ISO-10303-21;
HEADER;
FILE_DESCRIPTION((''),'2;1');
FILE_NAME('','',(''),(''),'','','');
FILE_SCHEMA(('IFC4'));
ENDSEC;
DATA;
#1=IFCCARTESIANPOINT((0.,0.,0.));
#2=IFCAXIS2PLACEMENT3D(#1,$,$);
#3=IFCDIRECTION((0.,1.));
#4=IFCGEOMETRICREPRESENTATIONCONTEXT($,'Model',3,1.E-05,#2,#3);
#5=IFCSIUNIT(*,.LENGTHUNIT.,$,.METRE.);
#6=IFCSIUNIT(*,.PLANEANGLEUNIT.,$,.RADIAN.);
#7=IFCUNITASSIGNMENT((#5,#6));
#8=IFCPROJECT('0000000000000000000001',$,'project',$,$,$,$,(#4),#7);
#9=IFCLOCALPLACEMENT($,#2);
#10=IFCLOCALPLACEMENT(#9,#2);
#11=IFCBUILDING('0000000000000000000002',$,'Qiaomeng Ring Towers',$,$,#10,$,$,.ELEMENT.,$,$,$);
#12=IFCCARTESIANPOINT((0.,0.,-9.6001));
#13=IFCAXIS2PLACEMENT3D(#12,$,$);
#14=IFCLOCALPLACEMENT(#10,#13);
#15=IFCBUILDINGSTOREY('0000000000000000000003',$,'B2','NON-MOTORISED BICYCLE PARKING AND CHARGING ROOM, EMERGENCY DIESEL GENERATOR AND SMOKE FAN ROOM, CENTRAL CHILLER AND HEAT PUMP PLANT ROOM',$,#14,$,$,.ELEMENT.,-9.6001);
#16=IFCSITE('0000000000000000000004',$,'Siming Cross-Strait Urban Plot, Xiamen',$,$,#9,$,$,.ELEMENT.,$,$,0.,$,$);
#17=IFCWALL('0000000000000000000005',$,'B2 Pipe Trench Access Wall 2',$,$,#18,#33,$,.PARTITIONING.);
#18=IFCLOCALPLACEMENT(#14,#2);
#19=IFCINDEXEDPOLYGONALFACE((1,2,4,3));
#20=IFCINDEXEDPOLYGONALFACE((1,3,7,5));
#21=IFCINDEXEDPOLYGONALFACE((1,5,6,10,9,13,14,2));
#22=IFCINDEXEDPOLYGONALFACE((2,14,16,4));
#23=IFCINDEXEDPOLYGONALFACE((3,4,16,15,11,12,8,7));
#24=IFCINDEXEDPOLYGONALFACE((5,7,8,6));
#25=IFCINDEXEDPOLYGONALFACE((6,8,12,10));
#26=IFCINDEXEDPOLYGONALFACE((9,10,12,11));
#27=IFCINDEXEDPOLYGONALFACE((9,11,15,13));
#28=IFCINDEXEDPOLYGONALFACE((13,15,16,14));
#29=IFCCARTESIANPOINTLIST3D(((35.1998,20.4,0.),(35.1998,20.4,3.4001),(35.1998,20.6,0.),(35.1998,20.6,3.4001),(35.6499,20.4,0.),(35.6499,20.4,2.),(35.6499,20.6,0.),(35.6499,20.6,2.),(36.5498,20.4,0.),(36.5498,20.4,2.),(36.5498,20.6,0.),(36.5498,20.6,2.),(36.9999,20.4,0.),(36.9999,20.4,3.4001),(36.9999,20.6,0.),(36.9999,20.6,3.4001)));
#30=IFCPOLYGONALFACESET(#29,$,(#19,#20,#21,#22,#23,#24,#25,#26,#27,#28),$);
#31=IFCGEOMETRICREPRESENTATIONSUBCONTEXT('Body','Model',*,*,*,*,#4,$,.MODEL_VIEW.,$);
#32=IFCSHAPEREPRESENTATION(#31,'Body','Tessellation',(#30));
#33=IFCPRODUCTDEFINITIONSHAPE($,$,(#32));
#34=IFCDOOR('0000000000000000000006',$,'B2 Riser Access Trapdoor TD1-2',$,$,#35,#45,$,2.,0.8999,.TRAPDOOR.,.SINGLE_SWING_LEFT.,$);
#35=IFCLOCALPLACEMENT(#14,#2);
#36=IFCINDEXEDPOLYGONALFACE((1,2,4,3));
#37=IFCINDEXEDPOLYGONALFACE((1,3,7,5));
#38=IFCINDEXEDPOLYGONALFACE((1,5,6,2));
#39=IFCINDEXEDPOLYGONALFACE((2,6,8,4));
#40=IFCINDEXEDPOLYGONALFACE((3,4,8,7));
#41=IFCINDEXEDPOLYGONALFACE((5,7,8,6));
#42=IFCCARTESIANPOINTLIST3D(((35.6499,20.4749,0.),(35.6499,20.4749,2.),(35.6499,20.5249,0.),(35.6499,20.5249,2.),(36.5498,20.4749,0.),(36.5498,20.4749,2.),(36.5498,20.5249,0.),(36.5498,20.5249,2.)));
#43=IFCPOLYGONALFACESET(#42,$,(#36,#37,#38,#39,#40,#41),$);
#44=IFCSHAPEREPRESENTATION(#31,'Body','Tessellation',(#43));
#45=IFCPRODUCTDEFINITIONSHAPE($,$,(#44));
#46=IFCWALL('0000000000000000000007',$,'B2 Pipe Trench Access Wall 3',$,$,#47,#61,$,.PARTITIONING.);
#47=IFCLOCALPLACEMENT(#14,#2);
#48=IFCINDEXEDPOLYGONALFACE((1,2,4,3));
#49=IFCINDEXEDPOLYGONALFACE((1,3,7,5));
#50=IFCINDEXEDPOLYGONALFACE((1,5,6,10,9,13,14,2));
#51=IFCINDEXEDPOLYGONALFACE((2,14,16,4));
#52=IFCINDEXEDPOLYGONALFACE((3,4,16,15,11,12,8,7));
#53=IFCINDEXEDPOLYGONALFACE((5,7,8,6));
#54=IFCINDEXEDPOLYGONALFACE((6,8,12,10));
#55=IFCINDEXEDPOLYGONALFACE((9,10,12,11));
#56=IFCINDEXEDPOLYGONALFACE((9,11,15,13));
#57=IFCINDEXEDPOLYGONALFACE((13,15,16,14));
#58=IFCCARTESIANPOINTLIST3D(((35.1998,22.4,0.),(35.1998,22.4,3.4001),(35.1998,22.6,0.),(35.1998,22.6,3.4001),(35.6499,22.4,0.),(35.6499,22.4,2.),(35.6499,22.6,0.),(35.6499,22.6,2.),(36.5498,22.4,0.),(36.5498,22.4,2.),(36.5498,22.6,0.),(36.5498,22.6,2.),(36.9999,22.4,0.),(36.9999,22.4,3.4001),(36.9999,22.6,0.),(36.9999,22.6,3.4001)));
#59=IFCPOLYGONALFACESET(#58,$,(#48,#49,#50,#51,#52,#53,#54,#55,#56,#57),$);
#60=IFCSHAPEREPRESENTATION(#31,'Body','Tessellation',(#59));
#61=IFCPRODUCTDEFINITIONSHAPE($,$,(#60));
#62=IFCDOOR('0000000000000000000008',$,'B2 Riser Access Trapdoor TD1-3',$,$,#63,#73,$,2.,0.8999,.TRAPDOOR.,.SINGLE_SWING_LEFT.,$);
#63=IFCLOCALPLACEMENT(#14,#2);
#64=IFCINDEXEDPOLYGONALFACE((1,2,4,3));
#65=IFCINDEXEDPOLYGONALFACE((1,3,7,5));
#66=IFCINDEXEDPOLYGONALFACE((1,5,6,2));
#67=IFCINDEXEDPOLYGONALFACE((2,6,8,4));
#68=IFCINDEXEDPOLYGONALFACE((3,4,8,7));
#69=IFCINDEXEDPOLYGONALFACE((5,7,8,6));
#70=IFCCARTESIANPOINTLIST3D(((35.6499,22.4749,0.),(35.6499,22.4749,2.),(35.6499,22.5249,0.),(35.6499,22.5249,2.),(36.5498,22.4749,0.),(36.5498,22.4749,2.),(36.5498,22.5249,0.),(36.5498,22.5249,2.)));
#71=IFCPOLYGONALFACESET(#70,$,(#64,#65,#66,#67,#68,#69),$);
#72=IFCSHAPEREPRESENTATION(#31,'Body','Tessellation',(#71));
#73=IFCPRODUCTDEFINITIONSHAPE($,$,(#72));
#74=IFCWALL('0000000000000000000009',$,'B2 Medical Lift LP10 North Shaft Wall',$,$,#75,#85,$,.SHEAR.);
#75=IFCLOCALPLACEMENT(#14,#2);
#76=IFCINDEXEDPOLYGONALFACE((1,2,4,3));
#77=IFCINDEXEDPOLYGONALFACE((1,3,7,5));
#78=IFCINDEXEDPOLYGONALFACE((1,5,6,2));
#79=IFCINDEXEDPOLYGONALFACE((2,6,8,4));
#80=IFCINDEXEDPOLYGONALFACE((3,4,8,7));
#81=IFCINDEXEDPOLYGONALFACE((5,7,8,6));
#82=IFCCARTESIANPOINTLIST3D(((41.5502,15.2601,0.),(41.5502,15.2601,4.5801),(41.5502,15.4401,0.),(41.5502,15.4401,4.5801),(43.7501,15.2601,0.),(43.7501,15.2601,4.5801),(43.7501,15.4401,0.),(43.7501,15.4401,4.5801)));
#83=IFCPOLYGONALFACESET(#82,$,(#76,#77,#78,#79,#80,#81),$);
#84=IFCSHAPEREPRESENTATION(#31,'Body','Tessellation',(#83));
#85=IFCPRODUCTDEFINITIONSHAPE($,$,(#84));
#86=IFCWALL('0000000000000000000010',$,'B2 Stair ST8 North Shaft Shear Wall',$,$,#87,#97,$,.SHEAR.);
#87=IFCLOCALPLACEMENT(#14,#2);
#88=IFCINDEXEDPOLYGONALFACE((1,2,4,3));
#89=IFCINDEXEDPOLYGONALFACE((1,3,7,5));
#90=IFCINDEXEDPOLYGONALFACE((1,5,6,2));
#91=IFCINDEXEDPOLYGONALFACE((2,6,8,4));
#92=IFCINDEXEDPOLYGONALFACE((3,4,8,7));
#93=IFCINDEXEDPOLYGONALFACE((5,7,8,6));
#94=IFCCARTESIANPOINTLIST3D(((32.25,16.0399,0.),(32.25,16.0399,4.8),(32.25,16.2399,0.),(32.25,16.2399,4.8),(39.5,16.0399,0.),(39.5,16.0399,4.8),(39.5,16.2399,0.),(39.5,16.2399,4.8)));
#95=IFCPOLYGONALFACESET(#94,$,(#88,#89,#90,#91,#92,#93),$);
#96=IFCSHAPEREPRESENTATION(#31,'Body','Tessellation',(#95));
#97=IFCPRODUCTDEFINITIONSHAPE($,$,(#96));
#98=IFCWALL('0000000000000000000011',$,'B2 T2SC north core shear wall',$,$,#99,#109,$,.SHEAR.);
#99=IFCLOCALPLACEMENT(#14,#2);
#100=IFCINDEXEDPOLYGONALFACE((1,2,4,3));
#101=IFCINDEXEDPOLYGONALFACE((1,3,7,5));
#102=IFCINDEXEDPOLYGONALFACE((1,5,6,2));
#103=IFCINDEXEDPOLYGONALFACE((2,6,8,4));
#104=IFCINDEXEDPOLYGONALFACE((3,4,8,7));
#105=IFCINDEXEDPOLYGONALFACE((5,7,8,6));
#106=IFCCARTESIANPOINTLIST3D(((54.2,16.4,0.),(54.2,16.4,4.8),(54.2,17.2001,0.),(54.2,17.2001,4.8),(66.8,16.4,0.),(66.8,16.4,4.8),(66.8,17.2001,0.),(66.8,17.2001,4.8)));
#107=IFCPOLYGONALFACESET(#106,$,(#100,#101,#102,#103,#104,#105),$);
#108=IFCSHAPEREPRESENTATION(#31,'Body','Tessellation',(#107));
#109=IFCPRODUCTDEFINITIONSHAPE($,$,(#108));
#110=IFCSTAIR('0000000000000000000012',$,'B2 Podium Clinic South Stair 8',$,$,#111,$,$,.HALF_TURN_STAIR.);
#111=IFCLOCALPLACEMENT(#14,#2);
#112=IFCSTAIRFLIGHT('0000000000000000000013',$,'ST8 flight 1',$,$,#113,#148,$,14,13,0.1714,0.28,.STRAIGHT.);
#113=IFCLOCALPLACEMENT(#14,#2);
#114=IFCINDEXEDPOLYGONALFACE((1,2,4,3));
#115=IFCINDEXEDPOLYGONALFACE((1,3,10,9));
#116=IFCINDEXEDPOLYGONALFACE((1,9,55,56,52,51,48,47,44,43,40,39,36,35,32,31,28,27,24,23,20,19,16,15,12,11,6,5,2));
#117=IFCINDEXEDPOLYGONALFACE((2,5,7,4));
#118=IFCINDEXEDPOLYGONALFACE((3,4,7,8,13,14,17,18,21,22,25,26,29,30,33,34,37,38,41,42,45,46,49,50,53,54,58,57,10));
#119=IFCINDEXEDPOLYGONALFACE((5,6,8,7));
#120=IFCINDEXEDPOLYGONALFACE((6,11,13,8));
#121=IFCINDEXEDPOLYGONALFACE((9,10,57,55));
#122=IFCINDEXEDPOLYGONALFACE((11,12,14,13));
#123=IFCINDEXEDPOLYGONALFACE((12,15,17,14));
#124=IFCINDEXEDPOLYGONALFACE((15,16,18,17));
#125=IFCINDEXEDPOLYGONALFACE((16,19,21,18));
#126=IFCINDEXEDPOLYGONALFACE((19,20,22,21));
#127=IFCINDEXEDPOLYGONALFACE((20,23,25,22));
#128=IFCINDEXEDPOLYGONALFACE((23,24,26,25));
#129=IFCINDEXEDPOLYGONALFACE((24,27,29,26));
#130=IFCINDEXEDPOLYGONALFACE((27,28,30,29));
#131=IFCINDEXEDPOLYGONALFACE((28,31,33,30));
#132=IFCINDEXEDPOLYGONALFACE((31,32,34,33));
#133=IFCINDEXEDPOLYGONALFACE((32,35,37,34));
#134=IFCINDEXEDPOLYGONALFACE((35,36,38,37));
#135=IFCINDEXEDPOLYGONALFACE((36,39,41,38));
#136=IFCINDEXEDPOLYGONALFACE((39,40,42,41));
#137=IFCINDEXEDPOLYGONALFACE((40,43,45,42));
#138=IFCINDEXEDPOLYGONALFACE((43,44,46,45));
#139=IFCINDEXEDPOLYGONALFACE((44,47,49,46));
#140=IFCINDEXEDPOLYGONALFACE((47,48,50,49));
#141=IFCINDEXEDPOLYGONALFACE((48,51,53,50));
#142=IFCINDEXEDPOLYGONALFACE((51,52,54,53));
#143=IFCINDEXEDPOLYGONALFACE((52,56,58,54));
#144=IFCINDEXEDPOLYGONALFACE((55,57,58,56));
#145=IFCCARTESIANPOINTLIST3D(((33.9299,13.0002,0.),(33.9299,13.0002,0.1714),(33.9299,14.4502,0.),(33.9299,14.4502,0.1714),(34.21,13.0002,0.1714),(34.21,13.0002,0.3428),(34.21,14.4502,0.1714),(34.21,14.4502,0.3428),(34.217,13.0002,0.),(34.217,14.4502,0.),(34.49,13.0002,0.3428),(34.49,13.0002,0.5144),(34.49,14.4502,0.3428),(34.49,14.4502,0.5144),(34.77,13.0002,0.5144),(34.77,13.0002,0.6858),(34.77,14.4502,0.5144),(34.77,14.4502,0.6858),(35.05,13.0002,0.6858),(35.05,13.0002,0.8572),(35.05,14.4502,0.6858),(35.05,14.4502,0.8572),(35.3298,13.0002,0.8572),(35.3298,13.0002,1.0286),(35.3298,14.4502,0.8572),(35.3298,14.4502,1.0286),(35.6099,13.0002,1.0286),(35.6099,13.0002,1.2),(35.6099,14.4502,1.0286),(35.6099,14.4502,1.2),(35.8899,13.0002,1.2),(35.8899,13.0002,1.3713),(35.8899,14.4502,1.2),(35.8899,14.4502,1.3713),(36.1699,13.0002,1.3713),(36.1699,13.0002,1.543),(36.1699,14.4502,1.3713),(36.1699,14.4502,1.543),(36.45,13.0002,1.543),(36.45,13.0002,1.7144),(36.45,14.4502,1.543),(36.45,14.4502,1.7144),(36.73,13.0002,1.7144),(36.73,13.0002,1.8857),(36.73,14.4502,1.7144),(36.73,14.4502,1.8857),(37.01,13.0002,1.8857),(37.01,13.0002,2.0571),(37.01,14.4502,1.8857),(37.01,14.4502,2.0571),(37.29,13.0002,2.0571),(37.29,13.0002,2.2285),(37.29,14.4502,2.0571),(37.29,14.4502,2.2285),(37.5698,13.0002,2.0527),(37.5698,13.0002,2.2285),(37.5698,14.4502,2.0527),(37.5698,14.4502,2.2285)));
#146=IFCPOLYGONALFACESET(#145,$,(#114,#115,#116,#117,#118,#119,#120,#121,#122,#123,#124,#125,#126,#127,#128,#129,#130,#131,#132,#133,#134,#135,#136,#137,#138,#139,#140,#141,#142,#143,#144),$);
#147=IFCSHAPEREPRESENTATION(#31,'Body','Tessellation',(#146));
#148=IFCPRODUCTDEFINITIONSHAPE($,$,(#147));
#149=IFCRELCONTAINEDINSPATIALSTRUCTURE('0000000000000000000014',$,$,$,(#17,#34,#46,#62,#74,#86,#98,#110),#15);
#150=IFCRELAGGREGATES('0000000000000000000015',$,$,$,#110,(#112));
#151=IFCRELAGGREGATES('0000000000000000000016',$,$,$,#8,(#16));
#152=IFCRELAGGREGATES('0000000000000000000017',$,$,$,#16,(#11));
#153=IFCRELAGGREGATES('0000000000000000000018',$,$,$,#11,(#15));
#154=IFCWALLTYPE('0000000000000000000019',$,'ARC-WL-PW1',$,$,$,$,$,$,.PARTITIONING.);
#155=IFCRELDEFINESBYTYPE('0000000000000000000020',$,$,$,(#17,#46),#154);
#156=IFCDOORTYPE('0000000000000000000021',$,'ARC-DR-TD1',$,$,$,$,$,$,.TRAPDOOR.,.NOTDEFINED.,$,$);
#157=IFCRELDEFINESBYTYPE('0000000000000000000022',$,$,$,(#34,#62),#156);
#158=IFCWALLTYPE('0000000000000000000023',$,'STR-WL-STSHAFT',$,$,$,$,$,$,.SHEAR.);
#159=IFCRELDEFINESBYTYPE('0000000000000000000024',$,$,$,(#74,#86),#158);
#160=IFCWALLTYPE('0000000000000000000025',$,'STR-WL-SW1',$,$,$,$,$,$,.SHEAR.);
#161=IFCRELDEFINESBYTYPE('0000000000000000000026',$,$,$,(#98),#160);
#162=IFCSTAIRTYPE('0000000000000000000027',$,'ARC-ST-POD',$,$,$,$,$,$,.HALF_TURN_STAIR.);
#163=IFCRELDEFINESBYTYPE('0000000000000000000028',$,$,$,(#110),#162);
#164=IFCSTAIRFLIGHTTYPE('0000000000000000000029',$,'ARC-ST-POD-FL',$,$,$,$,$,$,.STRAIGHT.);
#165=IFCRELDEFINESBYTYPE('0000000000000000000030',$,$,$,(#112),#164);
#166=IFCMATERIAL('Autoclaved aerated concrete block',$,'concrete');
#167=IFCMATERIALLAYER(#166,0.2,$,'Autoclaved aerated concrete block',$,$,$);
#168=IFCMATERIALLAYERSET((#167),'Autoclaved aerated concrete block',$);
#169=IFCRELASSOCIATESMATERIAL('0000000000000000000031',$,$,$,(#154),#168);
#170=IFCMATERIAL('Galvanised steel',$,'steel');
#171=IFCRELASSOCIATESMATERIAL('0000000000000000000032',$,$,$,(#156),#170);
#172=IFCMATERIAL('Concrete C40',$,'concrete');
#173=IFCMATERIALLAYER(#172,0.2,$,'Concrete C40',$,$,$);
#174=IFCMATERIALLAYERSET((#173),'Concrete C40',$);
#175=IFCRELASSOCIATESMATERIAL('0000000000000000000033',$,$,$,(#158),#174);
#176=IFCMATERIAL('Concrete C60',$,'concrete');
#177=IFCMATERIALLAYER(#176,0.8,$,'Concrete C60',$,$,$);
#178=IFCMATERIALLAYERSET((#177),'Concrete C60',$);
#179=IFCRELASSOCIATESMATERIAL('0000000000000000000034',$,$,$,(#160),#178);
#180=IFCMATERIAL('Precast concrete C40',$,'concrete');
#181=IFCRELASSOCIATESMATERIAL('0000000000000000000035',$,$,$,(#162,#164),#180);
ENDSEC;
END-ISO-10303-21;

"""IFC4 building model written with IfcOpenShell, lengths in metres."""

from ifc_helpers import new_model, si_unit, direction, frame, frame_2d, origin, place, context, subcontext, project, spatial, polyline, rectangle, outline, extrude, source, transform, mapped, material, layer, layer_set, type_object, element, fill, aggregate, save


model = new_model("IFC4")

# Units and contexts
model_context = context("Model", 3, precision=1e-05, world=origin(), true_north=direction((0.0, 1.0)))
body_context = subcontext(model_context, "Body", "Model", "MODEL_VIEW")
ifc_project = project(units=[si_unit("LENGTHUNIT", "METRE"), si_unit("PLANEANGLEUNIT", "RADIAN")], contexts=[model_context])

# Site, building, storey
site_placement = place(None, origin())
site = spatial("IfcSite", under=ifc_project, at=site_placement, Name="Siming Cross-Strait Urban Plot, Xiamen", CompositionType="ELEMENT", RefElevation=0.0)
building_placement = place(site_placement, origin())
building = spatial("IfcBuilding", under=site, at=building_placement, Name="Qiaomeng Ring Towers", CompositionType="ELEMENT")
storey_placement = place(building_placement, frame((0.0, 0.0, -9.6001)))
storey = spatial("IfcBuildingStorey", under=building, at=storey_placement, Name="B2", Description="NON-MOTORISED BICYCLE PARKING AND CHARGING ROOM, EMERGENCY DIESEL GENERATOR AND SMOKE FAN ROOM, CENTRAL CHILLER AND HEAT PUMP PLANT ROOM", CompositionType="ELEMENT", Elevation=-9.6001)

# Shared definitions
ifc_material_1 = material(Name="Concrete C40", Category="concrete")

# Shared definitions
ifc_material_2 = material(Name="Concrete C60", Category="concrete")

# Walls, openings, doors
ifc_material_3 = material(Name="Autoclaved aerated concrete block", Category="concrete")
ifc_layer_1 = layer(ifc_material_3, 0.2, Name="Autoclaved aerated concrete block")
ifc_layer_set_1 = layer_set([ifc_layer_1], Name="Autoclaved aerated concrete block")
wall_type_1 = type_object("IfcWallType", Name="ARC-WL-PW1", PredefinedType="PARTITIONING", material=ifc_layer_set_1)
ifc_material_4 = material(Name="Galvanised steel", Category="steel")
door_type_1 = type_object("IfcDoorType", Name="ARC-DR-TD1", OperationType="NOTDEFINED", PredefinedType="TRAPDOOR", material=ifc_material_4)
shared_shape_1 = source(origin(), body_context, "Body", "SweptSolid", [
    extrude(rectangle(XDim=0.8999, YDim=2.0, at=frame_2d((0.45, 1.0))), frame((0.0, 0.0249, 0.0), z_axis=(0.0, -1.0, 0.0), x_axis=(1.0, 0.0, 0.0)), (0.0, 0.0, 1.0), 0.05),
])
wall_1_placement = place(storey_placement, frame((35.2, 20.5, 0.0), z_axis=(0.0, 0.0, 1.0), x_axis=(1.0, 0.0, 0.0)))
wall_1 = element("IfcWall", 1, at=wall_1_placement, inside=storey, type_object=wall_type_1, Name="B2 Pipe Trench Access Wall 2", PredefinedType="PARTITIONING", context=body_context, shape_type="SweptSolid", body=[
    extrude(rectangle(XDim=1.8, YDim=0.2, at=frame_2d((0.8999, 0.0))), origin(), (0.0, 0.0, 1.0), 3.4001),
])
opening_1_placement = place(wall_1_placement, frame((0.45, 0.0, 0.0)))
opening_1 = element("IfcOpeningElement", 2, at=opening_1_placement, cuts=wall_1, PredefinedType="OPENING", context=body_context, shape_type="SweptSolid", body=[
    extrude(rectangle(XDim=0.8999, YDim=2.0, at=frame_2d((0.45, 1.0))), frame((0.0, 0.1099, 0.0), z_axis=(0.0, -1.0, 0.0), x_axis=(1.0, 0.0, 0.0)), (0.0, 0.0, 1.0), 0.22),
])
door_1_placement = place(opening_1_placement, origin())
door_1 = element("IfcDoor", 3, at=door_1_placement, inside=storey, type_object=door_type_1, Name="B2 Riser Access Trapdoor TD1-2", OperationType="SINGLE_SWING_LEFT", OverallHeight=2.0, OverallWidth=0.8999, PredefinedType="TRAPDOOR", context=body_context, shape_type="MappedRepresentation", body=[
    mapped(shared_shape_1, transform((0.0, 0.0, 0.0), x_axis=(1.0, 0.0, 0.0), y_axis=(0.0, 1.0, 0.0), z_axis=(0.0, 0.0, 1.0), scale=1.0)),
])
fill(opening_1, door_1)
wall_2_placement = place(storey_placement, frame((35.2, 22.5, 0.0), z_axis=(0.0, 0.0, 1.0), x_axis=(1.0, 0.0, 0.0)))
wall_2 = element("IfcWall", 4, at=wall_2_placement, inside=storey, type_object=wall_type_1, Name="B2 Pipe Trench Access Wall 3", PredefinedType="PARTITIONING", context=body_context, shape_type="SweptSolid", body=[
    extrude(rectangle(XDim=1.8, YDim=0.2, at=frame_2d((0.8999, 0.0))), origin(), (0.0, 0.0, 1.0), 3.4001),
])
opening_2_placement = place(wall_2_placement, frame((0.45, 0.0, 0.0)))
opening_2 = element("IfcOpeningElement", 5, at=opening_2_placement, cuts=wall_2, PredefinedType="OPENING", context=body_context, shape_type="SweptSolid", body=[
    extrude(rectangle(XDim=0.8999, YDim=2.0, at=frame_2d((0.45, 1.0))), frame((0.0, 0.1099, 0.0), z_axis=(0.0, -1.0, 0.0), x_axis=(1.0, 0.0, 0.0)), (0.0, 0.0, 1.0), 0.22),
])
door_2_placement = place(opening_2_placement, origin())
door_2 = element("IfcDoor", 6, at=door_2_placement, inside=storey, type_object=door_type_1, Name="B2 Riser Access Trapdoor TD1-3", OperationType="SINGLE_SWING_LEFT", OverallHeight=2.0, OverallWidth=0.8999, PredefinedType="TRAPDOOR", context=body_context, shape_type="MappedRepresentation", body=[
    mapped(shared_shape_1, transform((0.0, 0.0, 0.0), x_axis=(1.0, 0.0, 0.0), y_axis=(0.0, 1.0, 0.0), z_axis=(0.0, 0.0, 1.0), scale=1.0)),
])
fill(opening_2, door_2)

# Walls
ifc_layer_2 = layer(ifc_material_1, 0.2, Name="Concrete C40")
ifc_layer_set_2 = layer_set([ifc_layer_2], Name="Concrete C40")
wall_type_2 = type_object("IfcWallType", Name="STR-WL-STSHAFT", PredefinedType="SHEAR", material=ifc_layer_set_2)
wall_3_placement = place(storey_placement, frame((41.55, 15.3501, 0.0), z_axis=(0.0, 0.0, 1.0), x_axis=(1.0, 0.0, 0.0)))
element("IfcWall", 7, at=wall_3_placement, inside=storey, type_object=wall_type_2, Name="B2 Medical Lift LP10 North Shaft Wall", PredefinedType="SHEAR", context=body_context, shape_type="SweptSolid", body=[
    extrude(rectangle(XDim=2.2, YDim=0.1799, at=frame_2d((1.1001, 0.0))), origin(), (0.0, 0.0, 1.0), 4.5801),
])
wall_4_placement = place(storey_placement, frame((32.25, 16.1399, 0.0), z_axis=(0.0, 0.0, 1.0), x_axis=(1.0, 0.0, 0.0)))
element("IfcWall", 8, at=wall_4_placement, inside=storey, type_object=wall_type_2, Name="B2 Stair ST8 North Shaft Shear Wall", PredefinedType="SHEAR", context=body_context, shape_type="SweptSolid", body=[
    extrude(rectangle(XDim=7.25, YDim=0.2, at=frame_2d((3.625, 0.0))), origin(), (0.0, 0.0, 1.0), 4.8),
])
ifc_layer_3 = layer(ifc_material_2, 0.8, Name="Concrete C60")
ifc_layer_set_3 = layer_set([ifc_layer_3], Name="Concrete C60")
wall_type_3 = type_object("IfcWallType", Name="STR-WL-SW1", PredefinedType="SHEAR", material=ifc_layer_set_3)
wall_5_placement = place(storey_placement, frame((54.2, 16.8, 0.0), z_axis=(0.0, 0.0, 1.0), x_axis=(1.0, 0.0, 0.0)))
element("IfcWall", 9, at=wall_5_placement, inside=storey, type_object=wall_type_3, Name="B2 T2SC north core shear wall", PredefinedType="SHEAR", context=body_context, shape_type="SweptSolid", body=[
    extrude(rectangle(XDim=12.6001, YDim=0.8, at=frame_2d((6.3, 0.0))), origin(), (0.0, 0.0, 1.0), 4.8),
])

# Stair, stair flight
ifc_material_5 = material(Name="Precast concrete C40", Category="concrete")
stair_type = type_object("IfcStairType", Name="ARC-ST-POD", PredefinedType="HALF_TURN_STAIR", material=ifc_material_5)
stair_placement = place(storey_placement, origin())
stair = element("IfcStair", 10, at=stair_placement, inside=storey, type_object=stair_type, Name="B2 Podium Clinic South Stair 8", PredefinedType="HALF_TURN_STAIR")
stair_flight_type = type_object("IfcStairFlightType", Name="ARC-ST-POD-FL", PredefinedType="STRAIGHT", material=ifc_material_5)
shared_shape_2 = source(origin(), body_context, "Body", "SweptSolid", [
    extrude(outline(polyline([(0.0, 0.0), (0.0, 0.1714), (0.28, 0.1714), (0.28, 0.3428), (0.5601, 0.3428), (0.5601, 0.5144), (0.8401, 0.5144), (0.8401, 0.6858), (1.1201, 0.6858), (1.1201, 0.8572), (1.3999, 0.8572), (1.3999, 1.0286), (1.6799, 1.0286), (1.6799, 1.2), (1.96, 1.2), (1.96, 1.3713), (2.24, 1.3713), (2.24, 1.543), (2.52, 1.543), (2.52, 1.7144), (2.8, 1.7144), (2.8, 1.8857), (3.0801, 1.8857), (3.0801, 2.0571), (3.3601, 2.0571), (3.3601, 2.2285), (3.6399, 2.2285), (3.6399, 2.3999), (3.6399, 2.0527), (0.2871, 0.0), (0.0, 0.0)])), frame((0.0, 0.7251, 0.0), z_axis=(0.0, -1.0, 0.0), x_axis=(1.0, 0.0, 0.0)), (0.0, 0.0, 1.0), 1.45),
])
stair_flight_1_placement = place(storey_placement, frame((33.9299, 13.7251, 0.0), z_axis=(0.0, 0.0, 1.0), x_axis=(1.0, 0.0, 0.0)))
stair_flight_1 = element("IfcStairFlight", 11, at=stair_flight_1_placement, type_object=stair_flight_type, Name="ST8 flight 1", NumberOfRisers=14, NumberOfTreads=13, PredefinedType="STRAIGHT", RiserHeight=0.1714, TreadLength=0.28, context=body_context, shape_type="MappedRepresentation", body=[
    mapped(shared_shape_2, transform((0.0, 0.0, 0.0), x_axis=(1.0, 0.0, 0.0), y_axis=(0.0, 1.0, 0.0), z_axis=(0.0, 0.0, 1.0), scale=1.0)),
])
aggregate(stair, [stair_flight_1])

save(model, "model.ifc")
